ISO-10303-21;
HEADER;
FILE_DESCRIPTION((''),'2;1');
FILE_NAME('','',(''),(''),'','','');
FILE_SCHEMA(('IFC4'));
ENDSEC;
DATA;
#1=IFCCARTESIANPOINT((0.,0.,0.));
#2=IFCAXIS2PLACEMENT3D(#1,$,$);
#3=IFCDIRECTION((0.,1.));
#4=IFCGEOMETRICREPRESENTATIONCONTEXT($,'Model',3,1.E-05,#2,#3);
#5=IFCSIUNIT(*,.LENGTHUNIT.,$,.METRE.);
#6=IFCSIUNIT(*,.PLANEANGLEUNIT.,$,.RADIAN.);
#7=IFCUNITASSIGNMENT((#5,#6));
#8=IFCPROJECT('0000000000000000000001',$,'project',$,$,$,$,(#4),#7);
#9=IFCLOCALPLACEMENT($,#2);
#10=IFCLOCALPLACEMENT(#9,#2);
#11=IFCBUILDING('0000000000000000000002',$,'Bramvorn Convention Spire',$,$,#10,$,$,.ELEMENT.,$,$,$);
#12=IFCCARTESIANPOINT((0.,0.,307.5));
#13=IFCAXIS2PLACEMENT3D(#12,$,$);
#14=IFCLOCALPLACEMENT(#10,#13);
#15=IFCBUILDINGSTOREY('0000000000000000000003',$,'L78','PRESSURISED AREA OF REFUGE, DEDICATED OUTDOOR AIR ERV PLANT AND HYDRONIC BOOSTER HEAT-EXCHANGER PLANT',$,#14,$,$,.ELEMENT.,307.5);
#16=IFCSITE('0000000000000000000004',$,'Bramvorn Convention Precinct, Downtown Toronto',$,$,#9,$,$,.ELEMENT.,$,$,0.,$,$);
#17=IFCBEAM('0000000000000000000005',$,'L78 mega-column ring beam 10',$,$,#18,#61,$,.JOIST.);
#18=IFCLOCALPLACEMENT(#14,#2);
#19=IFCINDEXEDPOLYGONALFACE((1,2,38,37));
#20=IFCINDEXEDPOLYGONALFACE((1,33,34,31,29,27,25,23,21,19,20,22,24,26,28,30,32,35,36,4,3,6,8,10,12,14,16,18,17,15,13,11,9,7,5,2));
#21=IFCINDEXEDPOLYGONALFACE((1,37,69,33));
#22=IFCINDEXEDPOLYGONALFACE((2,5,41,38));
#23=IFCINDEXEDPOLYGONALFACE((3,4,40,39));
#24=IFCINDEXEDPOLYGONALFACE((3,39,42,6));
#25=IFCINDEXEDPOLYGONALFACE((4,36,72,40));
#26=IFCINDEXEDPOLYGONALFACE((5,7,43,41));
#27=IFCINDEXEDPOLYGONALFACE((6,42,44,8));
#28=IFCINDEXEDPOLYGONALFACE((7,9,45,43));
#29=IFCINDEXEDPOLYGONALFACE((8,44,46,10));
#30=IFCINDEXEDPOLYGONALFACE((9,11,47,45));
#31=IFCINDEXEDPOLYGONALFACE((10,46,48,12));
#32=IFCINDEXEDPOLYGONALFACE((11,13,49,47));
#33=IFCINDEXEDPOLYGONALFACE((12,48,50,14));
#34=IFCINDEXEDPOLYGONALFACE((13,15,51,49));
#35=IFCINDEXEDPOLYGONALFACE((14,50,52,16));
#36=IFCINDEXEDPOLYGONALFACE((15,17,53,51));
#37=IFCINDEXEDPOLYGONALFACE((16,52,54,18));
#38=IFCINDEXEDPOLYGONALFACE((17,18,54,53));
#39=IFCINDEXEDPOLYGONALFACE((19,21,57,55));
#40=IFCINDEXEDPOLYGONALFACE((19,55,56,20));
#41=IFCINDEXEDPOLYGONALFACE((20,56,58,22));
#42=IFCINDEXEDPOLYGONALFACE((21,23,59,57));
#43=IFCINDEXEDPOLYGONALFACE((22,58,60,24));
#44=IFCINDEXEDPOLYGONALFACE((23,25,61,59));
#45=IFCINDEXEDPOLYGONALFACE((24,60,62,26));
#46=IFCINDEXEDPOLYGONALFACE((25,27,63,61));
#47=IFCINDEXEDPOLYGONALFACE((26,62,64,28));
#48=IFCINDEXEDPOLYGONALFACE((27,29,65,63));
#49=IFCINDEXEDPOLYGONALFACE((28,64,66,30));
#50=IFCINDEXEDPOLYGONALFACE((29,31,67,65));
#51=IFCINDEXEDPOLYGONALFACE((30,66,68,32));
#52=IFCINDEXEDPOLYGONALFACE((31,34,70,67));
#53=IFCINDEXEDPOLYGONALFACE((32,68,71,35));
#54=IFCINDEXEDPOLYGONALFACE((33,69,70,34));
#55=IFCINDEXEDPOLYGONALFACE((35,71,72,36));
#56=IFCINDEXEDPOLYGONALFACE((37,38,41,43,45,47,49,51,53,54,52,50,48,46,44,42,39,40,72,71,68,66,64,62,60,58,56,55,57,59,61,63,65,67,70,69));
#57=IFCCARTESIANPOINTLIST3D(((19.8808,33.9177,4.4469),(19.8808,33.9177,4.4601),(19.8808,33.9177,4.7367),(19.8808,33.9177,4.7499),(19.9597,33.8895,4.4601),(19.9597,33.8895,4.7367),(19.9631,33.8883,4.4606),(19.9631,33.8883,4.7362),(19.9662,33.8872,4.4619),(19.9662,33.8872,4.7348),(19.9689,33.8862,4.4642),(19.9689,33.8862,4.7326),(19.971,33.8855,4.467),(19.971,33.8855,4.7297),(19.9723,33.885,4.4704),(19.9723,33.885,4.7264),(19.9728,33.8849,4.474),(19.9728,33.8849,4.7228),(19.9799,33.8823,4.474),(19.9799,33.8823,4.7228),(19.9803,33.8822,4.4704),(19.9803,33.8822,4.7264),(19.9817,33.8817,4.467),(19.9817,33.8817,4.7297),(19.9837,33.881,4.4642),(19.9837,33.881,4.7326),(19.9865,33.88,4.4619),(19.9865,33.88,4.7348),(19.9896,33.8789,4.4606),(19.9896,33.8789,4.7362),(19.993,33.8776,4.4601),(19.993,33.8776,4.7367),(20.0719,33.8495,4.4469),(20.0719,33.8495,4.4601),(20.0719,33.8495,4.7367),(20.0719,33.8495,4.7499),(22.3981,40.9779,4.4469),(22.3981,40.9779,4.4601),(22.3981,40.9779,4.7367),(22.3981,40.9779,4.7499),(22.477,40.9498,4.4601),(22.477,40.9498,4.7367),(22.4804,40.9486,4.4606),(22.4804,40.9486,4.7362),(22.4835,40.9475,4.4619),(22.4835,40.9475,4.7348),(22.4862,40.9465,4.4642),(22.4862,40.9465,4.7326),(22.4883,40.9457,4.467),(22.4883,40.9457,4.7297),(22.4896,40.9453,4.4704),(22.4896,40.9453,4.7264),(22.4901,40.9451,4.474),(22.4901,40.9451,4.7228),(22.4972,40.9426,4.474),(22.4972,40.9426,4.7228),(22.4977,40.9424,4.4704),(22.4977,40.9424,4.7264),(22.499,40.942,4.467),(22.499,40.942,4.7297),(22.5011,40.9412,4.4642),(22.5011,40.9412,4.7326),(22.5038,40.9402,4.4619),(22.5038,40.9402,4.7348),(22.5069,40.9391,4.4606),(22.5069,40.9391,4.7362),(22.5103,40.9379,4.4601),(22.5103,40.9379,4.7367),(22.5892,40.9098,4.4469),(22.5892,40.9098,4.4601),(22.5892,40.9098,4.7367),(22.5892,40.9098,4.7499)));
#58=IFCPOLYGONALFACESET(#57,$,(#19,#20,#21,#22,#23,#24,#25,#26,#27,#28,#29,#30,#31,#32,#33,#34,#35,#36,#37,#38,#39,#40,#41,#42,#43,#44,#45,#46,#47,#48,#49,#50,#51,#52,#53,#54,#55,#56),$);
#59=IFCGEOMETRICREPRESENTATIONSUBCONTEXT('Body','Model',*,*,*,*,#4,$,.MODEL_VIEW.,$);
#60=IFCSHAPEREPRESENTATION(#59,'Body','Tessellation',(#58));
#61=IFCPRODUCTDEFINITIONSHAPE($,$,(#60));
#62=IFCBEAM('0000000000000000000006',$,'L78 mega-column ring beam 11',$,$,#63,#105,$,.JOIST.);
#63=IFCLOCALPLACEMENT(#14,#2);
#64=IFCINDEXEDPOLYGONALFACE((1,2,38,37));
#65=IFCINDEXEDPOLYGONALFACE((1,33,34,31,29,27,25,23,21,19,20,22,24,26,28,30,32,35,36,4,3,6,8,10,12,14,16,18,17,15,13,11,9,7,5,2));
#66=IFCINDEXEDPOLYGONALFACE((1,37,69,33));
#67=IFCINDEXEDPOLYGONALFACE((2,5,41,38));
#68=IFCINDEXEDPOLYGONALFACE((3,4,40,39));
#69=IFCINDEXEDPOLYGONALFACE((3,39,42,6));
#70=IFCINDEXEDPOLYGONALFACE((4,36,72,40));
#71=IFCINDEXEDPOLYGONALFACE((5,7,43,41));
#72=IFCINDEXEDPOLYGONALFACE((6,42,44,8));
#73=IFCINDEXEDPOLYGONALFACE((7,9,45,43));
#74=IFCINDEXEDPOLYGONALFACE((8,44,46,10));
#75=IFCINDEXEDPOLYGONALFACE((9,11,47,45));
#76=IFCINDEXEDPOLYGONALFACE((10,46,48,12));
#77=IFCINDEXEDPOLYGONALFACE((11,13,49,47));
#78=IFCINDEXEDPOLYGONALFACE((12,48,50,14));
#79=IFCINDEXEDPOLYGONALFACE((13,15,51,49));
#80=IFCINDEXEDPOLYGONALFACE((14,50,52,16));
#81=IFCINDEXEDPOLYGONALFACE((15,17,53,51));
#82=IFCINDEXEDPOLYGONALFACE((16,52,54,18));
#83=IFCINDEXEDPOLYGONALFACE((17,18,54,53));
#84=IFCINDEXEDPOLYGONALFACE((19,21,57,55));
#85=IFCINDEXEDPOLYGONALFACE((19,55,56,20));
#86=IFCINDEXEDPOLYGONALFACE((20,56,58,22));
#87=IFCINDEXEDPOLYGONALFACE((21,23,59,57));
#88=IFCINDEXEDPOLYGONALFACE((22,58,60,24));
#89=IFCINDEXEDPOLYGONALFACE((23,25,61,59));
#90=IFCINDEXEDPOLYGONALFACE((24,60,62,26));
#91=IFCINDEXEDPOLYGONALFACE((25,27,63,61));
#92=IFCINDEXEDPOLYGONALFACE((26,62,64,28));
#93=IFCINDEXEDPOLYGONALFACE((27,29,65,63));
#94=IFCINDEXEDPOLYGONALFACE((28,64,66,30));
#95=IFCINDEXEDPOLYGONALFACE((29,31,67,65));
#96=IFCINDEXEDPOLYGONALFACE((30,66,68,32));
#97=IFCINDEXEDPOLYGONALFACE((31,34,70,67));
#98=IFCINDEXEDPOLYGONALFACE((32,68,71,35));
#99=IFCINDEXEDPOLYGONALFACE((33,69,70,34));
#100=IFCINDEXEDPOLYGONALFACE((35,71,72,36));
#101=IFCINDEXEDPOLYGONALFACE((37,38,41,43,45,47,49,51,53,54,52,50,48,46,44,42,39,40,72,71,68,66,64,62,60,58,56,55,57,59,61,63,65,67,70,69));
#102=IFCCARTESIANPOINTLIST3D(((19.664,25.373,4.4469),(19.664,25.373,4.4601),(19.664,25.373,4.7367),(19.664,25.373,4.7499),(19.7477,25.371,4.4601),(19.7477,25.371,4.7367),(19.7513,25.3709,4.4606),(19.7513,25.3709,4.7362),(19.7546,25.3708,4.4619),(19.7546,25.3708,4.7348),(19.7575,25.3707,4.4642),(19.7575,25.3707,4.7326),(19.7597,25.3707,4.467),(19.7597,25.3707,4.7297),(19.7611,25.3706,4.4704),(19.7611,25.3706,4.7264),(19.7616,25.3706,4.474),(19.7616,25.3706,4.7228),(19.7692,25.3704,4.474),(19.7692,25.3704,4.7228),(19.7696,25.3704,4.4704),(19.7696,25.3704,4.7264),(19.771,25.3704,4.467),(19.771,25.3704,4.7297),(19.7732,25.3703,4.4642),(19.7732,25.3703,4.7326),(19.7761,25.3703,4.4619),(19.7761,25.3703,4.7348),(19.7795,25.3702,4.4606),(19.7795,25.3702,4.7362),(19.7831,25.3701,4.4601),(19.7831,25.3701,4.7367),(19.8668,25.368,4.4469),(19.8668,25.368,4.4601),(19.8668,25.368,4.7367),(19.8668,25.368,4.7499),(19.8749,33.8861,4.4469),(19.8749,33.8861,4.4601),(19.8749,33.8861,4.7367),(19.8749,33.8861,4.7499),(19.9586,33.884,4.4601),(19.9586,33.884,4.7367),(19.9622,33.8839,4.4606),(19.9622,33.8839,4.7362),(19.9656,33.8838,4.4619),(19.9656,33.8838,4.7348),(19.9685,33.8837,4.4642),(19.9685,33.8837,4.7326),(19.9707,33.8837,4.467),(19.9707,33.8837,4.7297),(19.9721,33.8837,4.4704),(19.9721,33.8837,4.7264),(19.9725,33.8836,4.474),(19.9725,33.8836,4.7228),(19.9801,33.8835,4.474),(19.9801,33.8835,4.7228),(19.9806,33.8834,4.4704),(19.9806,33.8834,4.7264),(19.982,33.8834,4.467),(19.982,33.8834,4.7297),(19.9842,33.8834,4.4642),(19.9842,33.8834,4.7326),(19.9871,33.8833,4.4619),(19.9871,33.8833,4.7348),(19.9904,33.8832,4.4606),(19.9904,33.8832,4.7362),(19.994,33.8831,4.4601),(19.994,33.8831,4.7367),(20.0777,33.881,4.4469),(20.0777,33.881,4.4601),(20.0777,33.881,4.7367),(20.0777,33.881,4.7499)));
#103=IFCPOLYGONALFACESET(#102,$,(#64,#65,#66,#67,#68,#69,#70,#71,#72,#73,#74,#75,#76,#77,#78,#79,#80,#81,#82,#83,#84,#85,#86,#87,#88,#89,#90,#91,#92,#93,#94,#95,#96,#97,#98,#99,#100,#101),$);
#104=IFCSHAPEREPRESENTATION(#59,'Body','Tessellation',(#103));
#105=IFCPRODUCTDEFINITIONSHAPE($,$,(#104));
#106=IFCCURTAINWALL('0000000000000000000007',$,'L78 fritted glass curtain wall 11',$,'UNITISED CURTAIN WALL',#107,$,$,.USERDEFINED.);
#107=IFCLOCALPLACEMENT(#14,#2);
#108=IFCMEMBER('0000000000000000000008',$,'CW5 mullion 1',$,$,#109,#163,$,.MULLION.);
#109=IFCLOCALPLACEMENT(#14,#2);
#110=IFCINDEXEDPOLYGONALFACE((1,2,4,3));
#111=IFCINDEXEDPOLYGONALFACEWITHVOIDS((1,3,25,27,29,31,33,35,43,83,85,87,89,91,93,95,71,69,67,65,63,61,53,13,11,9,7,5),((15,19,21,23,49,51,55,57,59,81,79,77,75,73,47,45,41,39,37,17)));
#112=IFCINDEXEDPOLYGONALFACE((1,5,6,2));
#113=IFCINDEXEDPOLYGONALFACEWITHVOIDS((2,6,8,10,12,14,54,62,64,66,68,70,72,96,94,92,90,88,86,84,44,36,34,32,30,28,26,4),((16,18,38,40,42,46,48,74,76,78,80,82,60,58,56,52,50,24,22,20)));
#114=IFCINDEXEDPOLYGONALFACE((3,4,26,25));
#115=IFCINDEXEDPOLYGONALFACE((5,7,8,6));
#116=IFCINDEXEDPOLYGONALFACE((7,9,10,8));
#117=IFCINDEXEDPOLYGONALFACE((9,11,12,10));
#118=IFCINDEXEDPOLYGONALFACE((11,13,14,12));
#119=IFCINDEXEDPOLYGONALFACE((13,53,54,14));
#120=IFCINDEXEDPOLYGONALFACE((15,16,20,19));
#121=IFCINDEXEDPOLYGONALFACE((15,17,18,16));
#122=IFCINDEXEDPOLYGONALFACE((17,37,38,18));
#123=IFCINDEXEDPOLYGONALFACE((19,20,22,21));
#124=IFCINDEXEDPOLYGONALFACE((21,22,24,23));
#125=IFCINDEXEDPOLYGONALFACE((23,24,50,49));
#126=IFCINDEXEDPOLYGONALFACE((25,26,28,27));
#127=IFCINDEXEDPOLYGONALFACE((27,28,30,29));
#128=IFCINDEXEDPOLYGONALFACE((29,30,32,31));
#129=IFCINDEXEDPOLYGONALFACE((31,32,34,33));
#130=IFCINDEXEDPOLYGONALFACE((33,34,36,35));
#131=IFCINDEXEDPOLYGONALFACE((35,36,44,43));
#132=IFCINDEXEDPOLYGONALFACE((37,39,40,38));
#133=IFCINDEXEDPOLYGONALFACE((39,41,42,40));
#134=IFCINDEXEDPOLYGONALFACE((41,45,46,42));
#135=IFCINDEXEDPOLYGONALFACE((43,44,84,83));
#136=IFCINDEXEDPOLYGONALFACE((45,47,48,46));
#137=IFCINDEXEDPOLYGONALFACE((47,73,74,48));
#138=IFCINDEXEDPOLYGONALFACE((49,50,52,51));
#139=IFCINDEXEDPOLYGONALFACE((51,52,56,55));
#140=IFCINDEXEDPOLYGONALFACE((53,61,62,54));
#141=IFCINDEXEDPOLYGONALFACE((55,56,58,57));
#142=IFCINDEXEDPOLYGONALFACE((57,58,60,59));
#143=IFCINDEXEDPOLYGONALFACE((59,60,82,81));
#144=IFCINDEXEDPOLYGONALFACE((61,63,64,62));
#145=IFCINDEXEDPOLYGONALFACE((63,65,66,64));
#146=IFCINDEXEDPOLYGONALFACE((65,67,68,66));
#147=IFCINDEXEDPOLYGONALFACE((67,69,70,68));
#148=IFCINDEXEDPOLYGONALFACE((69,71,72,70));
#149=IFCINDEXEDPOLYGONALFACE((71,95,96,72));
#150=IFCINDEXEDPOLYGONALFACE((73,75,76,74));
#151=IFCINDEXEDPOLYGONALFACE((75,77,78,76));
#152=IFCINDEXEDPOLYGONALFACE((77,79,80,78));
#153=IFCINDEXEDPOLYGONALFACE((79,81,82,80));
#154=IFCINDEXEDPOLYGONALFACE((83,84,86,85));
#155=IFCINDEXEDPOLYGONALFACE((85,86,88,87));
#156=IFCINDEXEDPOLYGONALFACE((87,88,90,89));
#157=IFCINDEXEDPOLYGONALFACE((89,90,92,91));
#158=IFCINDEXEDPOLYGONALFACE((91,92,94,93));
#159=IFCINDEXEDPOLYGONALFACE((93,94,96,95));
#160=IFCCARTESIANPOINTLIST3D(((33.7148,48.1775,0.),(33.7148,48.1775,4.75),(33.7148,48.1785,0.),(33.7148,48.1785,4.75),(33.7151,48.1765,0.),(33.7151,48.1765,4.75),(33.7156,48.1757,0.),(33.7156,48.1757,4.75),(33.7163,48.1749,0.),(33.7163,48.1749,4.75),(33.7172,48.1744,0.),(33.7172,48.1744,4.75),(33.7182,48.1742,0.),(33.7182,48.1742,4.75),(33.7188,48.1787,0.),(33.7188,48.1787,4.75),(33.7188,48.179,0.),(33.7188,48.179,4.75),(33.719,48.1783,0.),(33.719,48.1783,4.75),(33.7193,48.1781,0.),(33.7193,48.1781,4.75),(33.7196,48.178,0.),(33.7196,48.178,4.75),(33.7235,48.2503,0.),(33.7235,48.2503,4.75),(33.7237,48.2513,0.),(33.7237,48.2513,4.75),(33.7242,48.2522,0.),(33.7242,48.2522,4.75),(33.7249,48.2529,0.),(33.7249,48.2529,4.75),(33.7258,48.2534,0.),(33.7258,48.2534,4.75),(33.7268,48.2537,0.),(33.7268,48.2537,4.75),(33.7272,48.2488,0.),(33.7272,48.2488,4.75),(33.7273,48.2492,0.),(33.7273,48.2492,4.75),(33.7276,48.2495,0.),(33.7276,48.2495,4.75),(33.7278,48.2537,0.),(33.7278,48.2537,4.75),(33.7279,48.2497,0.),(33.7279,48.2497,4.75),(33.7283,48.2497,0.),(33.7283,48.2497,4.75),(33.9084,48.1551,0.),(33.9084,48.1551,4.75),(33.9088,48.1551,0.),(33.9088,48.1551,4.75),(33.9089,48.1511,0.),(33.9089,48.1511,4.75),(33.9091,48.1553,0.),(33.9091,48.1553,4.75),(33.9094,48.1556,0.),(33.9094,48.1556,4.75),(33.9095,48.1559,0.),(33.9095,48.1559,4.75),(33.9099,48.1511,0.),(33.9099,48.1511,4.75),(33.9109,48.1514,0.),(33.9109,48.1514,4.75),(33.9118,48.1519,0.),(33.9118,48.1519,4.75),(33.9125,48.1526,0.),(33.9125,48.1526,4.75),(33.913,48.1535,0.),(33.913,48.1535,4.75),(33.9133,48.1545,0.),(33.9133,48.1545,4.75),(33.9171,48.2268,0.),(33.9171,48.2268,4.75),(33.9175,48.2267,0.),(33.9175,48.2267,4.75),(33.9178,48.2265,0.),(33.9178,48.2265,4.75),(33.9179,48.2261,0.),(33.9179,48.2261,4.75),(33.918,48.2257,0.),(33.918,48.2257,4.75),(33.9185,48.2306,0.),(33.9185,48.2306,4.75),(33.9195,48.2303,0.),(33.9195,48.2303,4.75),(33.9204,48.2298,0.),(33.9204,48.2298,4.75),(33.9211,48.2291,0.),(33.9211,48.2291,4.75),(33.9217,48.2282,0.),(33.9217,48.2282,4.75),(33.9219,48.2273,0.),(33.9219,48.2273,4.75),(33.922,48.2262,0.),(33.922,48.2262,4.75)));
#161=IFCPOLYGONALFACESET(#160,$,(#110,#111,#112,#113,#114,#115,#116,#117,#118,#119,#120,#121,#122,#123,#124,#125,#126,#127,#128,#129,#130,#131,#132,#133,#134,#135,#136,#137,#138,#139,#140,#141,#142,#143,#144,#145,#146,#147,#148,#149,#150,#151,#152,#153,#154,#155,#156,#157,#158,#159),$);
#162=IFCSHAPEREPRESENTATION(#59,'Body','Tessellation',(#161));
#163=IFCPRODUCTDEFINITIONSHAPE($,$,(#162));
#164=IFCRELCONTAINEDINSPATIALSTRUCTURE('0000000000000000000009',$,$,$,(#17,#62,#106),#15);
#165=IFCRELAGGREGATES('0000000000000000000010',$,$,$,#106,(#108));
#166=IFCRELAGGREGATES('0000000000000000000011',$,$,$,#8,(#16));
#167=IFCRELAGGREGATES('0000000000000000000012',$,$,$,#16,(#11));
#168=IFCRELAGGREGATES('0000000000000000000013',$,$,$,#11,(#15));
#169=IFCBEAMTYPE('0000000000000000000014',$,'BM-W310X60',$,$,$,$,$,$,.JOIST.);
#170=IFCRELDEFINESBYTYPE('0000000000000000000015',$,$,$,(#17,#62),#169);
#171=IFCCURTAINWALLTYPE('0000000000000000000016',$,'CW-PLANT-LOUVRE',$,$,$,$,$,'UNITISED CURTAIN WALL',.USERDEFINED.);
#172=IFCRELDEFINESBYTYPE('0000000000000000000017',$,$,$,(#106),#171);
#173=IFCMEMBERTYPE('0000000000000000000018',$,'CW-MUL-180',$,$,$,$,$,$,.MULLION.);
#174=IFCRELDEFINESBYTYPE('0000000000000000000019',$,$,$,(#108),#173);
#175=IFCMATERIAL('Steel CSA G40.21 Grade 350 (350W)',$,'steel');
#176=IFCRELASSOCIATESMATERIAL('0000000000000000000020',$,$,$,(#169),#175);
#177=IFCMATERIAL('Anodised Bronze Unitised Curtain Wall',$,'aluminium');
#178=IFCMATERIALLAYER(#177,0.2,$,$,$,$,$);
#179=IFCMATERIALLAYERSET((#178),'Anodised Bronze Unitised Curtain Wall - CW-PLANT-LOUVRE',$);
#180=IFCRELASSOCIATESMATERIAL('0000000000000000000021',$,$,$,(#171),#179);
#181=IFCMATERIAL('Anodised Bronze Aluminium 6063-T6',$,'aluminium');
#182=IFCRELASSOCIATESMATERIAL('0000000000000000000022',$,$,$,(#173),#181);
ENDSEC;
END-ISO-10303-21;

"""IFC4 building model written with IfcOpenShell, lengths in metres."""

from ifc_helpers import new_model, si_unit, direction, frame, origin, origin_2d, place, context, subcontext, project, spatial, hollow_rectangle, i_section, extrude, material, layer, layer_set, material_profile, profile_set, type_object, element, aggregate, save


model = new_model("IFC4")

# Units and contexts
model_context = context("Model", 3, precision=1e-05, world=origin(), true_north=direction((0.0, 1.0)))
body_context = subcontext(model_context, "Body", "Model", "MODEL_VIEW")
ifc_project = project(units=[si_unit("LENGTHUNIT", "METRE"), si_unit("PLANEANGLEUNIT", "RADIAN")], contexts=[model_context])

# Site, building, storey
site_placement = place(None, origin())
site = spatial("IfcSite", under=ifc_project, at=site_placement, Name="Bramvorn Convention Precinct, Downtown Toronto", CompositionType="ELEMENT", RefElevation=0.0)
building_placement = place(site_placement, origin())
building = spatial("IfcBuilding", under=site, at=building_placement, Name="Bramvorn Convention Spire", CompositionType="ELEMENT")
storey_placement = place(building_placement, frame((0.0, 0.0, 307.5)))
storey = spatial("IfcBuildingStorey", under=building, at=storey_placement, Name="L78", Description="PRESSURISED AREA OF REFUGE, DEDICATED OUTDOOR AIR ERV PLANT AND HYDRONIC BOOSTER HEAT-EXCHANGER PLANT", CompositionType="ELEMENT", Elevation=307.5)

# Shared definitions
ifc_material_1 = material(Name="Steel CSA G40.21 Grade 350 (350W)", Category="steel")

# Beams
ifc_material_profile_1 = material_profile(ifc_material_1, i_section(OverallWidth=0.2029, OverallDepth=0.303, WebThickness=0.0076, FlangeThickness=0.0132, FilletRadius=0.0139, at=origin_2d()))
ifc_profile_set_1 = profile_set([ifc_material_profile_1], Name="Steel CSA G40.21 Grade 350 (350W) - W310X60")
beam_type_1 = type_object("IfcBeamType", Name="BM-W310X60", PredefinedType="JOIST", material=ifc_profile_set_1)
beam_1_placement = place(storey_placement, frame((22.4937, 40.9438, 4.5984), z_axis=(-0.335839, -0.941919, 0.0), x_axis=(0.941919, -0.335839, 0.0)))
element("IfcBeam", 1, at=beam_1_placement, inside=storey, type_object=beam_type_1, Name="L78 mega-column ring beam 10", PredefinedType="JOIST", context=body_context, shape_type="SweptSolid", body=[
    extrude(i_section(OverallWidth=0.2029, OverallDepth=0.303, WebThickness=0.0076, FlangeThickness=0.0132, FilletRadius=0.0139, at=origin_2d()), origin(), (0.0, 0.0, 1.0), 7.4956),
])
beam_2_placement = place(storey_placement, frame((19.9763, 33.8835, 4.5984), z_axis=(-0.024771, -0.999693, 0.0), x_axis=(0.999693, -0.024771, 0.0)))
element("IfcBeam", 2, at=beam_2_placement, inside=storey, type_object=beam_type_1, Name="L78 mega-column ring beam 11", PredefinedType="JOIST", context=body_context, shape_type="SweptSolid", body=[
    extrude(i_section(OverallWidth=0.2029, OverallDepth=0.303, WebThickness=0.0076, FlangeThickness=0.0132, FilletRadius=0.0139, at=origin_2d()), origin(), (0.0, 0.0, 1.0), 8.5156),
])

# Curtain wall, member
ifc_material_2 = material(Name="Anodised Bronze Unitised Curtain Wall", Category="aluminium")
ifc_layer_1 = layer(ifc_material_2, 0.2)
ifc_layer_set_1 = layer_set([ifc_layer_1], Name="Anodised Bronze Unitised Curtain Wall - CW-PLANT-LOUVRE")
curtain_wall_type = type_object("IfcCurtainWallType", Name="CW-PLANT-LOUVRE", ElementType="UNITISED CURTAIN WALL", PredefinedType="USERDEFINED", material=ifc_layer_set_1)
curtain_wall_1_placement = place(storey_placement, origin())
curtain_wall_1 = element("IfcCurtainWall", 3, at=curtain_wall_1_placement, inside=storey, type_object=curtain_wall_type, Name="L78 fritted glass curtain wall 11", ObjectType="UNITISED CURTAIN WALL", PredefinedType="USERDEFINED")
ifc_material_3 = material(Name="Anodised Bronze Aluminium 6063-T6", Category="aluminium")
ifc_material_profile_2 = material_profile(ifc_material_3, hollow_rectangle(XDim=0.0801, YDim=0.2, WallThickness=0.0039, InnerFilletRadius=0.001, OuterFilletRadius=0.0039, at=origin_2d()))
ifc_profile_set_2 = profile_set([ifc_material_profile_2], Name="Anodised Bronze Aluminium 6063-T6 - CWM80X200")
member_type_1 = type_object("IfcMemberType", Name="CW-MUL-180", PredefinedType="MULLION", material=ifc_profile_set_2)
member_1_placement = place(storey_placement, frame((33.8184, 48.2024, 0.0), z_axis=(0.0, 0.0, 1.0), x_axis=(0.120194, 0.99275, 0.0)))
member_1 = element("IfcMember", 4, at=member_1_placement, type_object=member_type_1, Name="CW5 mullion 1", PredefinedType="MULLION", context=body_context, shape_type="SweptSolid", body=[
    extrude(hollow_rectangle(XDim=0.0801, YDim=0.2, WallThickness=0.0039, InnerFilletRadius=0.001, OuterFilletRadius=0.0039, at=origin_2d()), origin(), (0.0, 0.0, 1.0), 4.75),
])

aggregate(curtain_wall_1, [member_1])

save(model, "model.ifc")
